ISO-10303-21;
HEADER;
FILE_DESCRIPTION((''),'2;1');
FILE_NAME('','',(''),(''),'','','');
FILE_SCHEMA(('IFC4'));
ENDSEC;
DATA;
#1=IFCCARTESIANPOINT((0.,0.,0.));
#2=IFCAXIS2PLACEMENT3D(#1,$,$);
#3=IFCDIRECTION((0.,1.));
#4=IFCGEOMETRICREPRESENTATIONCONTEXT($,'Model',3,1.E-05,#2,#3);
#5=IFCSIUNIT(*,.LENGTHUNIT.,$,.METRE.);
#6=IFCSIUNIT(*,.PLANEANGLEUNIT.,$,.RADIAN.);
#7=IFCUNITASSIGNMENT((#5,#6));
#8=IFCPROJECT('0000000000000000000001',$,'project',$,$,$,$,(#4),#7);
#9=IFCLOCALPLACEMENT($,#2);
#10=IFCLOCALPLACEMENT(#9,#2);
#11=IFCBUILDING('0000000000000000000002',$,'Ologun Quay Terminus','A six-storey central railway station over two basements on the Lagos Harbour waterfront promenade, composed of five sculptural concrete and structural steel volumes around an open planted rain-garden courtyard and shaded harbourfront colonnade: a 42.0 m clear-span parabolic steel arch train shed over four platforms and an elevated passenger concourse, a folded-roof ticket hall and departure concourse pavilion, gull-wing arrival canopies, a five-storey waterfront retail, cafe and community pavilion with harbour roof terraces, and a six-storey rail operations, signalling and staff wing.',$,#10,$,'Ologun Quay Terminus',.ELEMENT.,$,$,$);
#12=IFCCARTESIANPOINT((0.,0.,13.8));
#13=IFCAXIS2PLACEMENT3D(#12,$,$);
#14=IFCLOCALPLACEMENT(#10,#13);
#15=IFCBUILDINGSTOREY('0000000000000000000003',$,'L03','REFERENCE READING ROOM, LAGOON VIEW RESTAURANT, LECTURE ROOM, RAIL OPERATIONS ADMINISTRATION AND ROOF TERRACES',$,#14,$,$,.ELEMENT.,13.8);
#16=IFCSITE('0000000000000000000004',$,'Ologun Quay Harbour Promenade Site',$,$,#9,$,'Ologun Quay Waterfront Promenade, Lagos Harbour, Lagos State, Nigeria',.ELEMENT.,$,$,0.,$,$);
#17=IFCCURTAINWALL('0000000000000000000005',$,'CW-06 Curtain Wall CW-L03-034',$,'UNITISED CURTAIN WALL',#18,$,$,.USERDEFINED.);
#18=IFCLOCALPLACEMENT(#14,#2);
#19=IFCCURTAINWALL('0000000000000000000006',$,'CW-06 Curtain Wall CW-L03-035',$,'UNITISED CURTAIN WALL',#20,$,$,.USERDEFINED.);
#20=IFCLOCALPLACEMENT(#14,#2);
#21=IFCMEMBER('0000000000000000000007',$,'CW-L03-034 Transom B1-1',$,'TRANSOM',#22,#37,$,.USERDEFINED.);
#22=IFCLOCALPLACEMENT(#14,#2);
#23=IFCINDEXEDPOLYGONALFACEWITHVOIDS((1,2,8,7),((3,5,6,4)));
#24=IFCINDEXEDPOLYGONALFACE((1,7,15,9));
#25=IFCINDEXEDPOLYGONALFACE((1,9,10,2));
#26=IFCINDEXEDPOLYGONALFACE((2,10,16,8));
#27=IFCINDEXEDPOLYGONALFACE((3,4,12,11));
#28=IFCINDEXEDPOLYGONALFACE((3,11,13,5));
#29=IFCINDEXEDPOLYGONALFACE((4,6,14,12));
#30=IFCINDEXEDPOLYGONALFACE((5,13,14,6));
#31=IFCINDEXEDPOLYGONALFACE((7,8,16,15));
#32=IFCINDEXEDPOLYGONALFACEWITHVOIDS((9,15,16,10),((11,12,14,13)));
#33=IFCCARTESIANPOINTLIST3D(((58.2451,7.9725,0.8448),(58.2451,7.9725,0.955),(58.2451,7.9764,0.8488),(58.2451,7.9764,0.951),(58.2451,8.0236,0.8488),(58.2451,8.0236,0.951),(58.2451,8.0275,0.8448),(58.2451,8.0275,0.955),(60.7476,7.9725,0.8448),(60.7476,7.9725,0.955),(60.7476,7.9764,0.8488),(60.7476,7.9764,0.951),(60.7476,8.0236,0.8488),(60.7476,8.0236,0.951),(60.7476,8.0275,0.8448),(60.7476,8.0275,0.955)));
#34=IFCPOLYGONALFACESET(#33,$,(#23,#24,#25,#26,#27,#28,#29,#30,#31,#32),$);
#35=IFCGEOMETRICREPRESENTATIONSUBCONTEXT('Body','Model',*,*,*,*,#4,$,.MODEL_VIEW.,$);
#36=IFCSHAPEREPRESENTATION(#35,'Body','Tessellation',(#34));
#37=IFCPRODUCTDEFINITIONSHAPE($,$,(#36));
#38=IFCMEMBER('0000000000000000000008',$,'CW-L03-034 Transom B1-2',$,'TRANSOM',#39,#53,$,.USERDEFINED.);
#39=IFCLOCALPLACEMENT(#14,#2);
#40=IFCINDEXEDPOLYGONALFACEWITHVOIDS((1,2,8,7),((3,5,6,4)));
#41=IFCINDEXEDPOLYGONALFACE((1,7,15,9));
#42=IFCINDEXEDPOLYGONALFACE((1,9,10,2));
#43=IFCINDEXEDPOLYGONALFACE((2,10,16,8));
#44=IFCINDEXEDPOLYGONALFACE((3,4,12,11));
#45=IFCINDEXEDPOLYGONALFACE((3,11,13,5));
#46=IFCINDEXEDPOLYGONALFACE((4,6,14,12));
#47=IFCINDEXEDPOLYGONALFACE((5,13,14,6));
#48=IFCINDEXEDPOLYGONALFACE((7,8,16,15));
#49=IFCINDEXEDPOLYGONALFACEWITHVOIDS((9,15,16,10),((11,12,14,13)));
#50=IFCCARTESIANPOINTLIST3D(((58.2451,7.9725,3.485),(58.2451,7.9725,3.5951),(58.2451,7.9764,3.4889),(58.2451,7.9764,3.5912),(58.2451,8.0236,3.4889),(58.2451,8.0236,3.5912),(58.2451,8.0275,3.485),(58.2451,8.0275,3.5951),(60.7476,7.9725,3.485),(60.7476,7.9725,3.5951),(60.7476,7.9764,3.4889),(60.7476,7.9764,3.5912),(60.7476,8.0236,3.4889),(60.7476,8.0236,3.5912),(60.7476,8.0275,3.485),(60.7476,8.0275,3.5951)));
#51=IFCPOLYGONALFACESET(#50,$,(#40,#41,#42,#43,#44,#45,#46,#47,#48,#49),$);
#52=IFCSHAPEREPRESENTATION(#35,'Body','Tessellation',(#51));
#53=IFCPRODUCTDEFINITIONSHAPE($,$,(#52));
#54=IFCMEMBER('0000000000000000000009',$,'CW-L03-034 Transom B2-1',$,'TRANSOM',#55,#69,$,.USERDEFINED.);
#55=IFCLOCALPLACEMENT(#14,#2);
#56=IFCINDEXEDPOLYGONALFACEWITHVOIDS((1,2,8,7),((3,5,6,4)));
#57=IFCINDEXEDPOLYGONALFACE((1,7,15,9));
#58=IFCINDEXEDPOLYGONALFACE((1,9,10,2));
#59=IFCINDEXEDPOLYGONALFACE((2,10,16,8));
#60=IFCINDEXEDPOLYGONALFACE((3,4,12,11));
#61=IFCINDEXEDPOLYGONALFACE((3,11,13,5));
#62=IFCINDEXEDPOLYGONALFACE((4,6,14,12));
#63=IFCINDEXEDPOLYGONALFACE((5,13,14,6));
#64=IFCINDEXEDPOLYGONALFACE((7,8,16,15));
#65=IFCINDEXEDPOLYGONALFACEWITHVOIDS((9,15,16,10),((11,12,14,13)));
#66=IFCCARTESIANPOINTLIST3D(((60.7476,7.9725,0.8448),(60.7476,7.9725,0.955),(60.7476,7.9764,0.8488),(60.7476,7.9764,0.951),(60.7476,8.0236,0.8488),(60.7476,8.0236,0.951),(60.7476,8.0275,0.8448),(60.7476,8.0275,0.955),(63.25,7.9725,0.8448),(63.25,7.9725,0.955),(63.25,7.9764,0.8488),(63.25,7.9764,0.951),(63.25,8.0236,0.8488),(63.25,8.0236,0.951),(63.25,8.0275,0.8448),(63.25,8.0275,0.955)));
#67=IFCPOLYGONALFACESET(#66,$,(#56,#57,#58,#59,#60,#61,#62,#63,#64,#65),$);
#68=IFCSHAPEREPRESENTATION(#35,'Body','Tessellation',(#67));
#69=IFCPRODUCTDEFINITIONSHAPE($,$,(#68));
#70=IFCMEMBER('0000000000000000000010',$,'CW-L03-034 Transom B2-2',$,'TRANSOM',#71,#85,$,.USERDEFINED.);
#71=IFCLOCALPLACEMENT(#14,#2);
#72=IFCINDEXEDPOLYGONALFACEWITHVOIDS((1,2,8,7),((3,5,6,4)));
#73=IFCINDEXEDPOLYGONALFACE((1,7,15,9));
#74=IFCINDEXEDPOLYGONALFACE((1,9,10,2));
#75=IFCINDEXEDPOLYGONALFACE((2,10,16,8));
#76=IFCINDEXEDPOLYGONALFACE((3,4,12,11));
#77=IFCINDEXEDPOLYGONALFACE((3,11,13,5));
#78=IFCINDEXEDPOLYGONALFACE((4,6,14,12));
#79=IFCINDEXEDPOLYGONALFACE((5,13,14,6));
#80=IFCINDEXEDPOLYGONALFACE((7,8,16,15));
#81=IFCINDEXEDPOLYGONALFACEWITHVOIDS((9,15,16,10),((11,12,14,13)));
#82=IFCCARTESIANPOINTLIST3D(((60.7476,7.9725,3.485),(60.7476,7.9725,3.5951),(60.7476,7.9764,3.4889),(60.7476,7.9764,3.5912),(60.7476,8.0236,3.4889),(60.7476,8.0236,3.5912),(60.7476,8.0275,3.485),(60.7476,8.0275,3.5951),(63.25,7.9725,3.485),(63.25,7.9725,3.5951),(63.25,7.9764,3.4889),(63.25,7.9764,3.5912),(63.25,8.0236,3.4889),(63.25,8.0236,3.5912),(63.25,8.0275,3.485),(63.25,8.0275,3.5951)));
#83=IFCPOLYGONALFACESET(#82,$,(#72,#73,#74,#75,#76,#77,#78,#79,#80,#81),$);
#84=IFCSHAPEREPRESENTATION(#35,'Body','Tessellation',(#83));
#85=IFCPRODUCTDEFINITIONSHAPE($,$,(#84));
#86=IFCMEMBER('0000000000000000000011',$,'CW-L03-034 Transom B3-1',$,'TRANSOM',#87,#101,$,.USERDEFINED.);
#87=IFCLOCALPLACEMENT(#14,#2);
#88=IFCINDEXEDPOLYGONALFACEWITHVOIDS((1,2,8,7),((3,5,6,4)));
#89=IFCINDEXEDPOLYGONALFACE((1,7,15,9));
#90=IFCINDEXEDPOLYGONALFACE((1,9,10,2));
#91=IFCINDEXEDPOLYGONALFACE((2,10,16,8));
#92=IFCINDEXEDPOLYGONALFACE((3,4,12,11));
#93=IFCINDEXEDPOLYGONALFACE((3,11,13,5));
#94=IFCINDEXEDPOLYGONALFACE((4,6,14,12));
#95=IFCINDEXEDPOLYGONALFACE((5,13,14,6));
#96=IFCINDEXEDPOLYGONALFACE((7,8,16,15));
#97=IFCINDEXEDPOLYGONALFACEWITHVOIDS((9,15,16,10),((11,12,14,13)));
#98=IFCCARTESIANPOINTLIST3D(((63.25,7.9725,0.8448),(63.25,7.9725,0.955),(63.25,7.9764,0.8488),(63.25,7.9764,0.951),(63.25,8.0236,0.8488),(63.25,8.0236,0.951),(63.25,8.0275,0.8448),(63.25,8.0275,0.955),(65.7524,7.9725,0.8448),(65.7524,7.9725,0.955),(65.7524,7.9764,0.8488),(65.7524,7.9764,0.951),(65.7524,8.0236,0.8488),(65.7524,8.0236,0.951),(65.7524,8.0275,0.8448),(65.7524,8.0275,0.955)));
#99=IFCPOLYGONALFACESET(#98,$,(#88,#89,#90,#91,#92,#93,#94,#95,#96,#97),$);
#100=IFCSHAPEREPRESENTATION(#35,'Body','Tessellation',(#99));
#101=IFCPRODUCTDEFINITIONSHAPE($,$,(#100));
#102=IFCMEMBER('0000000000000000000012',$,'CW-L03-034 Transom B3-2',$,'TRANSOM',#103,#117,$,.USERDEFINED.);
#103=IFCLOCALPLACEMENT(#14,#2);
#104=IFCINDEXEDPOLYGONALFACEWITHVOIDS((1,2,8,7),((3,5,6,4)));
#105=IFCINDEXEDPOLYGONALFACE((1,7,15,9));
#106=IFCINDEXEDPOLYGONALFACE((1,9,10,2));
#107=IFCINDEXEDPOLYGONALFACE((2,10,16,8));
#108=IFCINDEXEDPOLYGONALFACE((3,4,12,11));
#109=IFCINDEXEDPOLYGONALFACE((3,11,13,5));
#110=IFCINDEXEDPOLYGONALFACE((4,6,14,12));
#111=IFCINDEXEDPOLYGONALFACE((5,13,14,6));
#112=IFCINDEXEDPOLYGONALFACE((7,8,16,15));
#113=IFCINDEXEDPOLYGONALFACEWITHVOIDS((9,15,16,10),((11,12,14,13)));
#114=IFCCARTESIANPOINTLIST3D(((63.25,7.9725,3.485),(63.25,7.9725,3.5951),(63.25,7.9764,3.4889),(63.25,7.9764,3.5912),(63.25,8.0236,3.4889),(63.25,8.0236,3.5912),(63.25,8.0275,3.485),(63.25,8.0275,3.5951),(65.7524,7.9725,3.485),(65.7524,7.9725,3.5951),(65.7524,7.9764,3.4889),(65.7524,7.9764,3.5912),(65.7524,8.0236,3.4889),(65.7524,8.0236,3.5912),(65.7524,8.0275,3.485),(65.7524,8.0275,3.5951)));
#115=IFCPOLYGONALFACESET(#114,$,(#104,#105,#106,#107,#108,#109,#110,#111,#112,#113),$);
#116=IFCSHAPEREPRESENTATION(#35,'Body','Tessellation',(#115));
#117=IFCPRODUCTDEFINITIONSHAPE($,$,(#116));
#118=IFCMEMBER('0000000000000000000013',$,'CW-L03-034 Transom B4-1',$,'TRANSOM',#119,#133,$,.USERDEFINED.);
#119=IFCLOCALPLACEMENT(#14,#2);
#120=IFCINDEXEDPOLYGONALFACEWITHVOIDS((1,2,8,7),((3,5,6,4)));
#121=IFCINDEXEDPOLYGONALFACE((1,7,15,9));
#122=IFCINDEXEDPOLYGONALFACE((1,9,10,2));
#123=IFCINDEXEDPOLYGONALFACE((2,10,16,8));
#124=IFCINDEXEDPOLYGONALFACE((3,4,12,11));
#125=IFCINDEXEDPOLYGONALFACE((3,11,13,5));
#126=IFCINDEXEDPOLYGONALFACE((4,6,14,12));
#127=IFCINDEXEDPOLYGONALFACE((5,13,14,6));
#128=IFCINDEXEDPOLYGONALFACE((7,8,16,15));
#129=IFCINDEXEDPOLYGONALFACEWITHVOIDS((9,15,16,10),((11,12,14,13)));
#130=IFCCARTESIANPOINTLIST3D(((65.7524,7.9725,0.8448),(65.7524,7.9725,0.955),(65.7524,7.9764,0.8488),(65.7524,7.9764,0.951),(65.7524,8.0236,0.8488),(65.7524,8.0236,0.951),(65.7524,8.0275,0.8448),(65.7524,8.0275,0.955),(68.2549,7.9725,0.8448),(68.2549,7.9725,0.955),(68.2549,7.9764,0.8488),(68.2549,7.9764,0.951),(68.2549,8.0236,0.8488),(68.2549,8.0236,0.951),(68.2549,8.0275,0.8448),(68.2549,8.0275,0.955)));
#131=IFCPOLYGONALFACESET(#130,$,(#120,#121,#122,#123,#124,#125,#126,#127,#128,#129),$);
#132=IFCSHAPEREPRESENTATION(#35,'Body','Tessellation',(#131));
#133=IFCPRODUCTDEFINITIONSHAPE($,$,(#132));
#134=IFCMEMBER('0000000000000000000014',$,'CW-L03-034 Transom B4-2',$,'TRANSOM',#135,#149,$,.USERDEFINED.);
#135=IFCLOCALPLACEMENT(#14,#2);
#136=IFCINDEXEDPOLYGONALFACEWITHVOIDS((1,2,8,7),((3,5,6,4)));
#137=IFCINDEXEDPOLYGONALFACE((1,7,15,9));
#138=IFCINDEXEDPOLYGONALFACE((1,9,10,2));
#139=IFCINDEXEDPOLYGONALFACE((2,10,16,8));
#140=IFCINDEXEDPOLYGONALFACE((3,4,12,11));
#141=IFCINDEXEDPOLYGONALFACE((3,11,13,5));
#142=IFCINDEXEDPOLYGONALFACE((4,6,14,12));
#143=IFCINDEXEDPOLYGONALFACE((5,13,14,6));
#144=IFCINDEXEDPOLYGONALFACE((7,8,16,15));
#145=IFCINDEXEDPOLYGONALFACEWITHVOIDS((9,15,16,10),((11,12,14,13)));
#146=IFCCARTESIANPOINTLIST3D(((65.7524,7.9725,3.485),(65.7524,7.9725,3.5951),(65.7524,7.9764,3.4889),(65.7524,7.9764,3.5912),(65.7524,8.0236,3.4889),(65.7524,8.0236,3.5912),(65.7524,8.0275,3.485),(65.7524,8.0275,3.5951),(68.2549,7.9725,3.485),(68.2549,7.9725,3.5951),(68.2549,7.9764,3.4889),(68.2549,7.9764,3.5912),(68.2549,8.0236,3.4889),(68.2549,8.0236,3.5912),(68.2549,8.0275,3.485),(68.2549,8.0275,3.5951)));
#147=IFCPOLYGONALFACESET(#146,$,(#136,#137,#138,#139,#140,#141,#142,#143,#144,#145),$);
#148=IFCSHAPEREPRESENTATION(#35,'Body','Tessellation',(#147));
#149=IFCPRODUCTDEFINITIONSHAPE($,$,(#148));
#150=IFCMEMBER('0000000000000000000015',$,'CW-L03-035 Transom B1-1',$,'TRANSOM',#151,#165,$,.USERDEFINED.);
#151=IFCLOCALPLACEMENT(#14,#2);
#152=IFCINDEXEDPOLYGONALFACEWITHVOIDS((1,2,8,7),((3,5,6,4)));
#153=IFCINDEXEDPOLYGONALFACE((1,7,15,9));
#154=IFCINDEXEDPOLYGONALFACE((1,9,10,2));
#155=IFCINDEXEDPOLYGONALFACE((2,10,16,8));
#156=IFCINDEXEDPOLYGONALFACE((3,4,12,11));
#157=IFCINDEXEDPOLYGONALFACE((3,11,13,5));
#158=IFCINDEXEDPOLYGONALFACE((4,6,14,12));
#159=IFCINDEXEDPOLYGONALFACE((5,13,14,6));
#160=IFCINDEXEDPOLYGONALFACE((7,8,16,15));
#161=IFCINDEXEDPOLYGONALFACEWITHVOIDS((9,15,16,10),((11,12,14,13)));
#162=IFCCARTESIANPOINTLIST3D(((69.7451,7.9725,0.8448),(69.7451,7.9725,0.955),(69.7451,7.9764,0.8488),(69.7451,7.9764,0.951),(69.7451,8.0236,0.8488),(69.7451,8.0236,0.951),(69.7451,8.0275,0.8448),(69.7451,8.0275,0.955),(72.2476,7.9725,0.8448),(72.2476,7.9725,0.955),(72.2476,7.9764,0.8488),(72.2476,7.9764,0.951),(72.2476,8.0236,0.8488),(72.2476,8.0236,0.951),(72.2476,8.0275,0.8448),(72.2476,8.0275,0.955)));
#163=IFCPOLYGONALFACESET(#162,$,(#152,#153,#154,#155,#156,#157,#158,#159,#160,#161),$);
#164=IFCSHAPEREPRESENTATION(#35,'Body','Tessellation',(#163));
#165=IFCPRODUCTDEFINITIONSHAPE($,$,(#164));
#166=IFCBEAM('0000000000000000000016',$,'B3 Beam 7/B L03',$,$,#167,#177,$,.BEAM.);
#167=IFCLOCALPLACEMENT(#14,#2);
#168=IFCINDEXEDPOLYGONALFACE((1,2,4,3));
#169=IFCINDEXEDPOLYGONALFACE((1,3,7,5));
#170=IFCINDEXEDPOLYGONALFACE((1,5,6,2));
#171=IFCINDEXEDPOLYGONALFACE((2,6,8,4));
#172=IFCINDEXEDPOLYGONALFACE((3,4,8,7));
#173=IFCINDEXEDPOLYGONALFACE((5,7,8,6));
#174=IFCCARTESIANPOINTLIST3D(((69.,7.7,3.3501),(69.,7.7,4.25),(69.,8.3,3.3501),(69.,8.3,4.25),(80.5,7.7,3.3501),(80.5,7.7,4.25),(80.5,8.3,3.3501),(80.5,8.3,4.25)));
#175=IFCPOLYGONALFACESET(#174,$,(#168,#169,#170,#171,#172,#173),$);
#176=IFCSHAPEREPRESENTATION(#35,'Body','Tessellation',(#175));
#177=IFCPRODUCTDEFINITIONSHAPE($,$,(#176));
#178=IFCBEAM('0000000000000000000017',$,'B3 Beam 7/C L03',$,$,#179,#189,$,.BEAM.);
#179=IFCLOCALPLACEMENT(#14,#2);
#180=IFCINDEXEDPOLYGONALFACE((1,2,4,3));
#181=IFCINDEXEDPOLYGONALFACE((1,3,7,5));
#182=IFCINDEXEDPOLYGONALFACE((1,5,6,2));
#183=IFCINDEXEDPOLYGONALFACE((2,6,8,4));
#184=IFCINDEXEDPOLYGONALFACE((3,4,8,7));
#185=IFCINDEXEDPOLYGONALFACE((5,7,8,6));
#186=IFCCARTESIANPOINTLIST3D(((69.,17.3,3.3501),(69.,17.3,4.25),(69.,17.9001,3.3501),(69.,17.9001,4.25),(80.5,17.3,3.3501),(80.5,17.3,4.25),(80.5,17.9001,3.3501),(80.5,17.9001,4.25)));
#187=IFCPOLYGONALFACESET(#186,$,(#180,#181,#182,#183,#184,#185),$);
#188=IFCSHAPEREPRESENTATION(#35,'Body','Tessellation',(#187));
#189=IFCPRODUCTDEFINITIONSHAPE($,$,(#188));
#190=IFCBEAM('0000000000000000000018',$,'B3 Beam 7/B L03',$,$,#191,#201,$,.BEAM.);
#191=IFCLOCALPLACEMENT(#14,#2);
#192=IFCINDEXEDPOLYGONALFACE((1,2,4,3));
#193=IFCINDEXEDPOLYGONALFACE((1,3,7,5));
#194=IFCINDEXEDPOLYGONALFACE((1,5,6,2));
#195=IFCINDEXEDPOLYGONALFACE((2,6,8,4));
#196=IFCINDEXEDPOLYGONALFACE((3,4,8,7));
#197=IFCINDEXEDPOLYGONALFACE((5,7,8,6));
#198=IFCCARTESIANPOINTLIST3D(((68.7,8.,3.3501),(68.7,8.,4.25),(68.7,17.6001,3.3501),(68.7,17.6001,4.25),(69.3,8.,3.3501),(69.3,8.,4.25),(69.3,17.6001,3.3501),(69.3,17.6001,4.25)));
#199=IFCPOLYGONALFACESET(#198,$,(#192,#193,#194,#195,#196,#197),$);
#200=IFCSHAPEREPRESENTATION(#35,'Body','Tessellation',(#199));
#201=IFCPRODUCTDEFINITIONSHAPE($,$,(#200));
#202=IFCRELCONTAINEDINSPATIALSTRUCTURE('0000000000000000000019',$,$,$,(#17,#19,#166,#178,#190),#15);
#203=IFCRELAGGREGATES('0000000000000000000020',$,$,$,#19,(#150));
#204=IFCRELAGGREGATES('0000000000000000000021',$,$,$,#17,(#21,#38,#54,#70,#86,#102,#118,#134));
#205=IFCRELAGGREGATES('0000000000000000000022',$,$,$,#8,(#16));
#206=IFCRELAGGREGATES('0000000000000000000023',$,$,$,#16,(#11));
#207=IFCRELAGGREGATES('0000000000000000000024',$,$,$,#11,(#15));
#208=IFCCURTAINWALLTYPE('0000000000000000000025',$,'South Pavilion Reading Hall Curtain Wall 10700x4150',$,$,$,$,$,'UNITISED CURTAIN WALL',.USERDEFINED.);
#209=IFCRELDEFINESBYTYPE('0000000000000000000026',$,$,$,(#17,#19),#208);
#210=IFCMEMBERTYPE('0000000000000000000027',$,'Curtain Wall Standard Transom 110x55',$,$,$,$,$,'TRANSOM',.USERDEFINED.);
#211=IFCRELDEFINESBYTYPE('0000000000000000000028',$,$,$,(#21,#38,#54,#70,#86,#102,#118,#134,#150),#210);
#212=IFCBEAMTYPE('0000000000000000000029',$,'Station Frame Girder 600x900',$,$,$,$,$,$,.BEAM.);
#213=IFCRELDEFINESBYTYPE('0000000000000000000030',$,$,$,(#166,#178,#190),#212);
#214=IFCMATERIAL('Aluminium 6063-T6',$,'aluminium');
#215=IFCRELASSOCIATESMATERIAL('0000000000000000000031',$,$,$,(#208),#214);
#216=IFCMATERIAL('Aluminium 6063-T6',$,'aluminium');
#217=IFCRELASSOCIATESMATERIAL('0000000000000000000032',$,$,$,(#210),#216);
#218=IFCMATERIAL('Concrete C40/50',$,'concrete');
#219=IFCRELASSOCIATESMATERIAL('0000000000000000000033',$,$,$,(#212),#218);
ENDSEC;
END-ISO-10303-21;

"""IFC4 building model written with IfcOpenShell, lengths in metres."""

from ifc_helpers import new_model, si_unit, direction, frame, origin, origin_2d, place, context, subcontext, project, spatial, rectangle, hollow_rectangle, extrude, material, material_profile, profile_set, type_object, element, aggregate, save


model = new_model("IFC4")

# Units and contexts
model_context = context("Model", 3, precision=1e-05, world=origin(), true_north=direction((0.0, 1.0)))
body_context = subcontext(model_context, "Body", "Model", "MODEL_VIEW")
ifc_project = project(units=[si_unit("LENGTHUNIT", "METRE"), si_unit("PLANEANGLEUNIT", "RADIAN")], contexts=[model_context])

# Site, building, storey
site_placement = place(None, origin())
site = spatial("IfcSite", under=ifc_project, at=site_placement, Name="Ologun Quay Harbour Promenade Site", LongName="Ologun Quay Waterfront Promenade, Lagos Harbour, Lagos State, Nigeria", CompositionType="ELEMENT", RefElevation=0.0)
building_placement = place(site_placement, origin())
building = spatial("IfcBuilding", under=site, at=building_placement, Name="Ologun Quay Terminus", Description="A six-storey central railway station over two basements on the Lagos Harbour waterfront promenade, composed of five sculptural concrete and structural steel volumes around an open planted rain-garden courtyard and shaded harbourfront colonnade: a 42.0 m clear-span parabolic steel arch train shed over four platforms and an elevated passenger concourse, a folded-roof ticket hall and departure concourse pavilion, gull-wing arrival canopies, a five-storey waterfront retail, cafe and community pavilion with harbour roof terraces, and a six-storey rail operations, signalling and staff wing.", LongName="Ologun Quay Terminus", CompositionType="ELEMENT")
storey_placement = place(building_placement, frame((0.0, 0.0, 13.8)))
storey = spatial("IfcBuildingStorey", under=building, at=storey_placement, Name="L03", Description="REFERENCE READING ROOM, LAGOON VIEW RESTAURANT, LECTURE ROOM, RAIL OPERATIONS ADMINISTRATION AND ROOF TERRACES", CompositionType="ELEMENT", Elevation=13.8)

# Curtain wall
ifc_material_1 = material(Name="Aluminium 6063-T6", Category="aluminium")
curtain_wall_type = type_object("IfcCurtainWallType", Name="South Pavilion Reading Hall Curtain Wall 10700x4150", ElementType="UNITISED CURTAIN WALL", PredefinedType="USERDEFINED", material=ifc_material_1)
curtain_wall_1_placement = place(storey_placement, origin())
curtain_wall_1 = element("IfcCurtainWall", 1, at=curtain_wall_1_placement, inside=storey, type_object=curtain_wall_type, Name="CW-06 Curtain Wall CW-L03-034", ObjectType="UNITISED CURTAIN WALL", PredefinedType="USERDEFINED")

# Curtain wall
curtain_wall_2_placement = place(storey_placement, origin())
curtain_wall_2 = element("IfcCurtainWall", 2, at=curtain_wall_2_placement, inside=storey, type_object=curtain_wall_type, Name="CW-06 Curtain Wall CW-L03-035", ObjectType="UNITISED CURTAIN WALL", PredefinedType="USERDEFINED")

# Members
ifc_material_2 = material(Name="Aluminium 6063-T6", Category="aluminium")
ifc_material_profile_1 = material_profile(ifc_material_2, hollow_rectangle(XDim=0.0549, YDim=0.1101, WallThickness=0.0039, at=origin_2d()), Name="ALU 110x55x4")
ifc_profile_set_1 = profile_set([ifc_material_profile_1], Name="Aluminium 6063-T6")
member_type_1 = type_object("IfcMemberType", Name="Curtain Wall Standard Transom 110x55", ElementType="TRANSOM", PredefinedType="USERDEFINED", material=ifc_profile_set_1)
member_1_placement = place(storey_placement, frame((58.2451, 8.0, 0.8999), z_axis=(1.0, 0.0, 0.0), x_axis=(0.0, 1.0, 0.0)))
member_1 = element("IfcMember", 3, at=member_1_placement, type_object=member_type_1, Name="CW-L03-034 Transom B1-1", ObjectType="TRANSOM", PredefinedType="USERDEFINED", context=body_context, shape_type="SweptSolid", body=[
    extrude(hollow_rectangle(XDim=0.0549, YDim=0.1101, WallThickness=0.0039, at=origin_2d()), origin(), (0.0, 0.0, 1.0), 2.5024),
])
member_2_placement = place(storey_placement, frame((58.2451, 8.0, 3.54), z_axis=(1.0, 0.0, 0.0), x_axis=(0.0, 1.0, 0.0)))
member_2 = element("IfcMember", 4, at=member_2_placement, type_object=member_type_1, Name="CW-L03-034 Transom B1-2", ObjectType="TRANSOM", PredefinedType="USERDEFINED", context=body_context, shape_type="SweptSolid", body=[
    extrude(hollow_rectangle(XDim=0.0549, YDim=0.1101, WallThickness=0.0039, at=origin_2d()), origin(), (0.0, 0.0, 1.0), 2.5024),
])
member_3_placement = place(storey_placement, frame((60.7476, 8.0, 0.8999), z_axis=(1.0, 0.0, 0.0), x_axis=(0.0, 1.0, 0.0)))
member_3 = element("IfcMember", 5, at=member_3_placement, type_object=member_type_1, Name="CW-L03-034 Transom B2-1", ObjectType="TRANSOM", PredefinedType="USERDEFINED", context=body_context, shape_type="SweptSolid", body=[
    extrude(hollow_rectangle(XDim=0.0549, YDim=0.1101, WallThickness=0.0039, at=origin_2d()), origin(), (0.0, 0.0, 1.0), 2.5024),
])
member_4_placement = place(storey_placement, frame((60.7476, 8.0, 3.54), z_axis=(1.0, 0.0, 0.0), x_axis=(0.0, 1.0, 0.0)))
member_4 = element("IfcMember", 6, at=member_4_placement, type_object=member_type_1, Name="CW-L03-034 Transom B2-2", ObjectType="TRANSOM", PredefinedType="USERDEFINED", context=body_context, shape_type="SweptSolid", body=[
    extrude(hollow_rectangle(XDim=0.0549, YDim=0.1101, WallThickness=0.0039, at=origin_2d()), origin(), (0.0, 0.0, 1.0), 2.5024),
])
member_5_placement = place(storey_placement, frame((63.25, 8.0, 0.8999), z_axis=(1.0, 0.0, 0.0), x_axis=(0.0, 1.0, 0.0)))
member_5 = element("IfcMember", 7, at=member_5_placement, type_object=member_type_1, Name="CW-L03-034 Transom B3-1", ObjectType="TRANSOM", PredefinedType="USERDEFINED", context=body_context, shape_type="SweptSolid", body=[
    extrude(hollow_rectangle(XDim=0.0549, YDim=0.1101, WallThickness=0.0039, at=origin_2d()), origin(), (0.0, 0.0, 1.0), 2.5024),
])
member_6_placement = place(storey_placement, frame((63.25, 8.0, 3.54), z_axis=(1.0, 0.0, 0.0), x_axis=(0.0, 1.0, 0.0)))
member_6 = element("IfcMember", 8, at=member_6_placement, type_object=member_type_1, Name="CW-L03-034 Transom B3-2", ObjectType="TRANSOM", PredefinedType="USERDEFINED", context=body_context, shape_type="SweptSolid", body=[
    extrude(hollow_rectangle(XDim=0.0549, YDim=0.1101, WallThickness=0.0039, at=origin_2d()), origin(), (0.0, 0.0, 1.0), 2.5024),
])
member_7_placement = place(storey_placement, frame((65.7524, 8.0, 0.8999), z_axis=(1.0, 0.0, 0.0), x_axis=(0.0, 1.0, 0.0)))
member_7 = element("IfcMember", 9, at=member_7_placement, type_object=member_type_1, Name="CW-L03-034 Transom B4-1", ObjectType="TRANSOM", PredefinedType="USERDEFINED", context=body_context, shape_type="SweptSolid", body=[
    extrude(hollow_rectangle(XDim=0.0549, YDim=0.1101, WallThickness=0.0039, at=origin_2d()), origin(), (0.0, 0.0, 1.0), 2.5024),
])
member_8_placement = place(storey_placement, frame((65.7524, 8.0, 3.54), z_axis=(1.0, 0.0, 0.0), x_axis=(0.0, 1.0, 0.0)))
member_8 = element("IfcMember", 10, at=member_8_placement, type_object=member_type_1, Name="CW-L03-034 Transom B4-2", ObjectType="TRANSOM", PredefinedType="USERDEFINED", context=body_context, shape_type="SweptSolid", body=[
    extrude(hollow_rectangle(XDim=0.0549, YDim=0.1101, WallThickness=0.0039, at=origin_2d()), origin(), (0.0, 0.0, 1.0), 2.5024),
])
member_9_placement = place(storey_placement, frame((69.7451, 8.0, 0.8999), z_axis=(1.0, 0.0, 0.0), x_axis=(0.0, 1.0, 0.0)))
member_9 = element("IfcMember", 11, at=member_9_placement, type_object=member_type_1, Name="CW-L03-035 Transom B1-1", ObjectType="TRANSOM", PredefinedType="USERDEFINED", context=body_context, shape_type="SweptSolid", body=[
    extrude(hollow_rectangle(XDim=0.0549, YDim=0.1101, WallThickness=0.0039, at=origin_2d()), origin(), (0.0, 0.0, 1.0), 2.5024),
])
aggregate(curtain_wall_2, [member_9])

# Beams
ifc_material_3 = material(Name="Concrete C40/50", Category="concrete")
ifc_material_profile_2 = material_profile(ifc_material_3, rectangle(XDim=0.6001, YDim=0.8999, at=origin_2d()), Name="RC 600x900")
ifc_profile_set_2 = profile_set([ifc_material_profile_2], Name="Concrete C40/50")
beam_type_1 = type_object("IfcBeamType", Name="Station Frame Girder 600x900", PredefinedType="BEAM", material=ifc_profile_set_2)
for number, where, z_axis, x_axis, name in (
    (12, (69.0, 8.0, 3.8), (1.0, 0.0, 0.0), (0.0, 1.0, 0.0), "B3 Beam 7/B L03"),
    (13, (69.0, 17.6001, 3.8), (1.0, 0.0, 0.0), (0.0, 1.0, 0.0), "B3 Beam 7/C L03"),
):
    element("IfcBeam", number, at=place(storey_placement, frame(where, z_axis=z_axis, x_axis=x_axis)), inside=storey, type_object=beam_type_1, Name=name, PredefinedType="BEAM", context=body_context, shape_type="SweptSolid", body=[
        extrude(rectangle(XDim=0.6001, YDim=0.8999, at=origin_2d()), origin(), (0.0, 0.0, 1.0), 11.5),
    ])
beam_1_placement = place(storey_placement, frame((69.0, 8.0, 3.8), z_axis=(0.0, 1.0, 0.0), x_axis=(-1.0, 0.0, 0.0)))
element("IfcBeam", 14, at=beam_1_placement, inside=storey, type_object=beam_type_1, Name="B3 Beam 7/B L03", PredefinedType="BEAM", context=body_context, shape_type="SweptSolid", body=[
    extrude(rectangle(XDim=0.6001, YDim=0.8999, at=origin_2d()), origin(), (0.0, 0.0, 1.0), 9.6001),
])

aggregate(curtain_wall_1, [member_1, member_2, member_3, member_4, member_5, member_6, member_7, member_8])

save(model, "model.ifc")
